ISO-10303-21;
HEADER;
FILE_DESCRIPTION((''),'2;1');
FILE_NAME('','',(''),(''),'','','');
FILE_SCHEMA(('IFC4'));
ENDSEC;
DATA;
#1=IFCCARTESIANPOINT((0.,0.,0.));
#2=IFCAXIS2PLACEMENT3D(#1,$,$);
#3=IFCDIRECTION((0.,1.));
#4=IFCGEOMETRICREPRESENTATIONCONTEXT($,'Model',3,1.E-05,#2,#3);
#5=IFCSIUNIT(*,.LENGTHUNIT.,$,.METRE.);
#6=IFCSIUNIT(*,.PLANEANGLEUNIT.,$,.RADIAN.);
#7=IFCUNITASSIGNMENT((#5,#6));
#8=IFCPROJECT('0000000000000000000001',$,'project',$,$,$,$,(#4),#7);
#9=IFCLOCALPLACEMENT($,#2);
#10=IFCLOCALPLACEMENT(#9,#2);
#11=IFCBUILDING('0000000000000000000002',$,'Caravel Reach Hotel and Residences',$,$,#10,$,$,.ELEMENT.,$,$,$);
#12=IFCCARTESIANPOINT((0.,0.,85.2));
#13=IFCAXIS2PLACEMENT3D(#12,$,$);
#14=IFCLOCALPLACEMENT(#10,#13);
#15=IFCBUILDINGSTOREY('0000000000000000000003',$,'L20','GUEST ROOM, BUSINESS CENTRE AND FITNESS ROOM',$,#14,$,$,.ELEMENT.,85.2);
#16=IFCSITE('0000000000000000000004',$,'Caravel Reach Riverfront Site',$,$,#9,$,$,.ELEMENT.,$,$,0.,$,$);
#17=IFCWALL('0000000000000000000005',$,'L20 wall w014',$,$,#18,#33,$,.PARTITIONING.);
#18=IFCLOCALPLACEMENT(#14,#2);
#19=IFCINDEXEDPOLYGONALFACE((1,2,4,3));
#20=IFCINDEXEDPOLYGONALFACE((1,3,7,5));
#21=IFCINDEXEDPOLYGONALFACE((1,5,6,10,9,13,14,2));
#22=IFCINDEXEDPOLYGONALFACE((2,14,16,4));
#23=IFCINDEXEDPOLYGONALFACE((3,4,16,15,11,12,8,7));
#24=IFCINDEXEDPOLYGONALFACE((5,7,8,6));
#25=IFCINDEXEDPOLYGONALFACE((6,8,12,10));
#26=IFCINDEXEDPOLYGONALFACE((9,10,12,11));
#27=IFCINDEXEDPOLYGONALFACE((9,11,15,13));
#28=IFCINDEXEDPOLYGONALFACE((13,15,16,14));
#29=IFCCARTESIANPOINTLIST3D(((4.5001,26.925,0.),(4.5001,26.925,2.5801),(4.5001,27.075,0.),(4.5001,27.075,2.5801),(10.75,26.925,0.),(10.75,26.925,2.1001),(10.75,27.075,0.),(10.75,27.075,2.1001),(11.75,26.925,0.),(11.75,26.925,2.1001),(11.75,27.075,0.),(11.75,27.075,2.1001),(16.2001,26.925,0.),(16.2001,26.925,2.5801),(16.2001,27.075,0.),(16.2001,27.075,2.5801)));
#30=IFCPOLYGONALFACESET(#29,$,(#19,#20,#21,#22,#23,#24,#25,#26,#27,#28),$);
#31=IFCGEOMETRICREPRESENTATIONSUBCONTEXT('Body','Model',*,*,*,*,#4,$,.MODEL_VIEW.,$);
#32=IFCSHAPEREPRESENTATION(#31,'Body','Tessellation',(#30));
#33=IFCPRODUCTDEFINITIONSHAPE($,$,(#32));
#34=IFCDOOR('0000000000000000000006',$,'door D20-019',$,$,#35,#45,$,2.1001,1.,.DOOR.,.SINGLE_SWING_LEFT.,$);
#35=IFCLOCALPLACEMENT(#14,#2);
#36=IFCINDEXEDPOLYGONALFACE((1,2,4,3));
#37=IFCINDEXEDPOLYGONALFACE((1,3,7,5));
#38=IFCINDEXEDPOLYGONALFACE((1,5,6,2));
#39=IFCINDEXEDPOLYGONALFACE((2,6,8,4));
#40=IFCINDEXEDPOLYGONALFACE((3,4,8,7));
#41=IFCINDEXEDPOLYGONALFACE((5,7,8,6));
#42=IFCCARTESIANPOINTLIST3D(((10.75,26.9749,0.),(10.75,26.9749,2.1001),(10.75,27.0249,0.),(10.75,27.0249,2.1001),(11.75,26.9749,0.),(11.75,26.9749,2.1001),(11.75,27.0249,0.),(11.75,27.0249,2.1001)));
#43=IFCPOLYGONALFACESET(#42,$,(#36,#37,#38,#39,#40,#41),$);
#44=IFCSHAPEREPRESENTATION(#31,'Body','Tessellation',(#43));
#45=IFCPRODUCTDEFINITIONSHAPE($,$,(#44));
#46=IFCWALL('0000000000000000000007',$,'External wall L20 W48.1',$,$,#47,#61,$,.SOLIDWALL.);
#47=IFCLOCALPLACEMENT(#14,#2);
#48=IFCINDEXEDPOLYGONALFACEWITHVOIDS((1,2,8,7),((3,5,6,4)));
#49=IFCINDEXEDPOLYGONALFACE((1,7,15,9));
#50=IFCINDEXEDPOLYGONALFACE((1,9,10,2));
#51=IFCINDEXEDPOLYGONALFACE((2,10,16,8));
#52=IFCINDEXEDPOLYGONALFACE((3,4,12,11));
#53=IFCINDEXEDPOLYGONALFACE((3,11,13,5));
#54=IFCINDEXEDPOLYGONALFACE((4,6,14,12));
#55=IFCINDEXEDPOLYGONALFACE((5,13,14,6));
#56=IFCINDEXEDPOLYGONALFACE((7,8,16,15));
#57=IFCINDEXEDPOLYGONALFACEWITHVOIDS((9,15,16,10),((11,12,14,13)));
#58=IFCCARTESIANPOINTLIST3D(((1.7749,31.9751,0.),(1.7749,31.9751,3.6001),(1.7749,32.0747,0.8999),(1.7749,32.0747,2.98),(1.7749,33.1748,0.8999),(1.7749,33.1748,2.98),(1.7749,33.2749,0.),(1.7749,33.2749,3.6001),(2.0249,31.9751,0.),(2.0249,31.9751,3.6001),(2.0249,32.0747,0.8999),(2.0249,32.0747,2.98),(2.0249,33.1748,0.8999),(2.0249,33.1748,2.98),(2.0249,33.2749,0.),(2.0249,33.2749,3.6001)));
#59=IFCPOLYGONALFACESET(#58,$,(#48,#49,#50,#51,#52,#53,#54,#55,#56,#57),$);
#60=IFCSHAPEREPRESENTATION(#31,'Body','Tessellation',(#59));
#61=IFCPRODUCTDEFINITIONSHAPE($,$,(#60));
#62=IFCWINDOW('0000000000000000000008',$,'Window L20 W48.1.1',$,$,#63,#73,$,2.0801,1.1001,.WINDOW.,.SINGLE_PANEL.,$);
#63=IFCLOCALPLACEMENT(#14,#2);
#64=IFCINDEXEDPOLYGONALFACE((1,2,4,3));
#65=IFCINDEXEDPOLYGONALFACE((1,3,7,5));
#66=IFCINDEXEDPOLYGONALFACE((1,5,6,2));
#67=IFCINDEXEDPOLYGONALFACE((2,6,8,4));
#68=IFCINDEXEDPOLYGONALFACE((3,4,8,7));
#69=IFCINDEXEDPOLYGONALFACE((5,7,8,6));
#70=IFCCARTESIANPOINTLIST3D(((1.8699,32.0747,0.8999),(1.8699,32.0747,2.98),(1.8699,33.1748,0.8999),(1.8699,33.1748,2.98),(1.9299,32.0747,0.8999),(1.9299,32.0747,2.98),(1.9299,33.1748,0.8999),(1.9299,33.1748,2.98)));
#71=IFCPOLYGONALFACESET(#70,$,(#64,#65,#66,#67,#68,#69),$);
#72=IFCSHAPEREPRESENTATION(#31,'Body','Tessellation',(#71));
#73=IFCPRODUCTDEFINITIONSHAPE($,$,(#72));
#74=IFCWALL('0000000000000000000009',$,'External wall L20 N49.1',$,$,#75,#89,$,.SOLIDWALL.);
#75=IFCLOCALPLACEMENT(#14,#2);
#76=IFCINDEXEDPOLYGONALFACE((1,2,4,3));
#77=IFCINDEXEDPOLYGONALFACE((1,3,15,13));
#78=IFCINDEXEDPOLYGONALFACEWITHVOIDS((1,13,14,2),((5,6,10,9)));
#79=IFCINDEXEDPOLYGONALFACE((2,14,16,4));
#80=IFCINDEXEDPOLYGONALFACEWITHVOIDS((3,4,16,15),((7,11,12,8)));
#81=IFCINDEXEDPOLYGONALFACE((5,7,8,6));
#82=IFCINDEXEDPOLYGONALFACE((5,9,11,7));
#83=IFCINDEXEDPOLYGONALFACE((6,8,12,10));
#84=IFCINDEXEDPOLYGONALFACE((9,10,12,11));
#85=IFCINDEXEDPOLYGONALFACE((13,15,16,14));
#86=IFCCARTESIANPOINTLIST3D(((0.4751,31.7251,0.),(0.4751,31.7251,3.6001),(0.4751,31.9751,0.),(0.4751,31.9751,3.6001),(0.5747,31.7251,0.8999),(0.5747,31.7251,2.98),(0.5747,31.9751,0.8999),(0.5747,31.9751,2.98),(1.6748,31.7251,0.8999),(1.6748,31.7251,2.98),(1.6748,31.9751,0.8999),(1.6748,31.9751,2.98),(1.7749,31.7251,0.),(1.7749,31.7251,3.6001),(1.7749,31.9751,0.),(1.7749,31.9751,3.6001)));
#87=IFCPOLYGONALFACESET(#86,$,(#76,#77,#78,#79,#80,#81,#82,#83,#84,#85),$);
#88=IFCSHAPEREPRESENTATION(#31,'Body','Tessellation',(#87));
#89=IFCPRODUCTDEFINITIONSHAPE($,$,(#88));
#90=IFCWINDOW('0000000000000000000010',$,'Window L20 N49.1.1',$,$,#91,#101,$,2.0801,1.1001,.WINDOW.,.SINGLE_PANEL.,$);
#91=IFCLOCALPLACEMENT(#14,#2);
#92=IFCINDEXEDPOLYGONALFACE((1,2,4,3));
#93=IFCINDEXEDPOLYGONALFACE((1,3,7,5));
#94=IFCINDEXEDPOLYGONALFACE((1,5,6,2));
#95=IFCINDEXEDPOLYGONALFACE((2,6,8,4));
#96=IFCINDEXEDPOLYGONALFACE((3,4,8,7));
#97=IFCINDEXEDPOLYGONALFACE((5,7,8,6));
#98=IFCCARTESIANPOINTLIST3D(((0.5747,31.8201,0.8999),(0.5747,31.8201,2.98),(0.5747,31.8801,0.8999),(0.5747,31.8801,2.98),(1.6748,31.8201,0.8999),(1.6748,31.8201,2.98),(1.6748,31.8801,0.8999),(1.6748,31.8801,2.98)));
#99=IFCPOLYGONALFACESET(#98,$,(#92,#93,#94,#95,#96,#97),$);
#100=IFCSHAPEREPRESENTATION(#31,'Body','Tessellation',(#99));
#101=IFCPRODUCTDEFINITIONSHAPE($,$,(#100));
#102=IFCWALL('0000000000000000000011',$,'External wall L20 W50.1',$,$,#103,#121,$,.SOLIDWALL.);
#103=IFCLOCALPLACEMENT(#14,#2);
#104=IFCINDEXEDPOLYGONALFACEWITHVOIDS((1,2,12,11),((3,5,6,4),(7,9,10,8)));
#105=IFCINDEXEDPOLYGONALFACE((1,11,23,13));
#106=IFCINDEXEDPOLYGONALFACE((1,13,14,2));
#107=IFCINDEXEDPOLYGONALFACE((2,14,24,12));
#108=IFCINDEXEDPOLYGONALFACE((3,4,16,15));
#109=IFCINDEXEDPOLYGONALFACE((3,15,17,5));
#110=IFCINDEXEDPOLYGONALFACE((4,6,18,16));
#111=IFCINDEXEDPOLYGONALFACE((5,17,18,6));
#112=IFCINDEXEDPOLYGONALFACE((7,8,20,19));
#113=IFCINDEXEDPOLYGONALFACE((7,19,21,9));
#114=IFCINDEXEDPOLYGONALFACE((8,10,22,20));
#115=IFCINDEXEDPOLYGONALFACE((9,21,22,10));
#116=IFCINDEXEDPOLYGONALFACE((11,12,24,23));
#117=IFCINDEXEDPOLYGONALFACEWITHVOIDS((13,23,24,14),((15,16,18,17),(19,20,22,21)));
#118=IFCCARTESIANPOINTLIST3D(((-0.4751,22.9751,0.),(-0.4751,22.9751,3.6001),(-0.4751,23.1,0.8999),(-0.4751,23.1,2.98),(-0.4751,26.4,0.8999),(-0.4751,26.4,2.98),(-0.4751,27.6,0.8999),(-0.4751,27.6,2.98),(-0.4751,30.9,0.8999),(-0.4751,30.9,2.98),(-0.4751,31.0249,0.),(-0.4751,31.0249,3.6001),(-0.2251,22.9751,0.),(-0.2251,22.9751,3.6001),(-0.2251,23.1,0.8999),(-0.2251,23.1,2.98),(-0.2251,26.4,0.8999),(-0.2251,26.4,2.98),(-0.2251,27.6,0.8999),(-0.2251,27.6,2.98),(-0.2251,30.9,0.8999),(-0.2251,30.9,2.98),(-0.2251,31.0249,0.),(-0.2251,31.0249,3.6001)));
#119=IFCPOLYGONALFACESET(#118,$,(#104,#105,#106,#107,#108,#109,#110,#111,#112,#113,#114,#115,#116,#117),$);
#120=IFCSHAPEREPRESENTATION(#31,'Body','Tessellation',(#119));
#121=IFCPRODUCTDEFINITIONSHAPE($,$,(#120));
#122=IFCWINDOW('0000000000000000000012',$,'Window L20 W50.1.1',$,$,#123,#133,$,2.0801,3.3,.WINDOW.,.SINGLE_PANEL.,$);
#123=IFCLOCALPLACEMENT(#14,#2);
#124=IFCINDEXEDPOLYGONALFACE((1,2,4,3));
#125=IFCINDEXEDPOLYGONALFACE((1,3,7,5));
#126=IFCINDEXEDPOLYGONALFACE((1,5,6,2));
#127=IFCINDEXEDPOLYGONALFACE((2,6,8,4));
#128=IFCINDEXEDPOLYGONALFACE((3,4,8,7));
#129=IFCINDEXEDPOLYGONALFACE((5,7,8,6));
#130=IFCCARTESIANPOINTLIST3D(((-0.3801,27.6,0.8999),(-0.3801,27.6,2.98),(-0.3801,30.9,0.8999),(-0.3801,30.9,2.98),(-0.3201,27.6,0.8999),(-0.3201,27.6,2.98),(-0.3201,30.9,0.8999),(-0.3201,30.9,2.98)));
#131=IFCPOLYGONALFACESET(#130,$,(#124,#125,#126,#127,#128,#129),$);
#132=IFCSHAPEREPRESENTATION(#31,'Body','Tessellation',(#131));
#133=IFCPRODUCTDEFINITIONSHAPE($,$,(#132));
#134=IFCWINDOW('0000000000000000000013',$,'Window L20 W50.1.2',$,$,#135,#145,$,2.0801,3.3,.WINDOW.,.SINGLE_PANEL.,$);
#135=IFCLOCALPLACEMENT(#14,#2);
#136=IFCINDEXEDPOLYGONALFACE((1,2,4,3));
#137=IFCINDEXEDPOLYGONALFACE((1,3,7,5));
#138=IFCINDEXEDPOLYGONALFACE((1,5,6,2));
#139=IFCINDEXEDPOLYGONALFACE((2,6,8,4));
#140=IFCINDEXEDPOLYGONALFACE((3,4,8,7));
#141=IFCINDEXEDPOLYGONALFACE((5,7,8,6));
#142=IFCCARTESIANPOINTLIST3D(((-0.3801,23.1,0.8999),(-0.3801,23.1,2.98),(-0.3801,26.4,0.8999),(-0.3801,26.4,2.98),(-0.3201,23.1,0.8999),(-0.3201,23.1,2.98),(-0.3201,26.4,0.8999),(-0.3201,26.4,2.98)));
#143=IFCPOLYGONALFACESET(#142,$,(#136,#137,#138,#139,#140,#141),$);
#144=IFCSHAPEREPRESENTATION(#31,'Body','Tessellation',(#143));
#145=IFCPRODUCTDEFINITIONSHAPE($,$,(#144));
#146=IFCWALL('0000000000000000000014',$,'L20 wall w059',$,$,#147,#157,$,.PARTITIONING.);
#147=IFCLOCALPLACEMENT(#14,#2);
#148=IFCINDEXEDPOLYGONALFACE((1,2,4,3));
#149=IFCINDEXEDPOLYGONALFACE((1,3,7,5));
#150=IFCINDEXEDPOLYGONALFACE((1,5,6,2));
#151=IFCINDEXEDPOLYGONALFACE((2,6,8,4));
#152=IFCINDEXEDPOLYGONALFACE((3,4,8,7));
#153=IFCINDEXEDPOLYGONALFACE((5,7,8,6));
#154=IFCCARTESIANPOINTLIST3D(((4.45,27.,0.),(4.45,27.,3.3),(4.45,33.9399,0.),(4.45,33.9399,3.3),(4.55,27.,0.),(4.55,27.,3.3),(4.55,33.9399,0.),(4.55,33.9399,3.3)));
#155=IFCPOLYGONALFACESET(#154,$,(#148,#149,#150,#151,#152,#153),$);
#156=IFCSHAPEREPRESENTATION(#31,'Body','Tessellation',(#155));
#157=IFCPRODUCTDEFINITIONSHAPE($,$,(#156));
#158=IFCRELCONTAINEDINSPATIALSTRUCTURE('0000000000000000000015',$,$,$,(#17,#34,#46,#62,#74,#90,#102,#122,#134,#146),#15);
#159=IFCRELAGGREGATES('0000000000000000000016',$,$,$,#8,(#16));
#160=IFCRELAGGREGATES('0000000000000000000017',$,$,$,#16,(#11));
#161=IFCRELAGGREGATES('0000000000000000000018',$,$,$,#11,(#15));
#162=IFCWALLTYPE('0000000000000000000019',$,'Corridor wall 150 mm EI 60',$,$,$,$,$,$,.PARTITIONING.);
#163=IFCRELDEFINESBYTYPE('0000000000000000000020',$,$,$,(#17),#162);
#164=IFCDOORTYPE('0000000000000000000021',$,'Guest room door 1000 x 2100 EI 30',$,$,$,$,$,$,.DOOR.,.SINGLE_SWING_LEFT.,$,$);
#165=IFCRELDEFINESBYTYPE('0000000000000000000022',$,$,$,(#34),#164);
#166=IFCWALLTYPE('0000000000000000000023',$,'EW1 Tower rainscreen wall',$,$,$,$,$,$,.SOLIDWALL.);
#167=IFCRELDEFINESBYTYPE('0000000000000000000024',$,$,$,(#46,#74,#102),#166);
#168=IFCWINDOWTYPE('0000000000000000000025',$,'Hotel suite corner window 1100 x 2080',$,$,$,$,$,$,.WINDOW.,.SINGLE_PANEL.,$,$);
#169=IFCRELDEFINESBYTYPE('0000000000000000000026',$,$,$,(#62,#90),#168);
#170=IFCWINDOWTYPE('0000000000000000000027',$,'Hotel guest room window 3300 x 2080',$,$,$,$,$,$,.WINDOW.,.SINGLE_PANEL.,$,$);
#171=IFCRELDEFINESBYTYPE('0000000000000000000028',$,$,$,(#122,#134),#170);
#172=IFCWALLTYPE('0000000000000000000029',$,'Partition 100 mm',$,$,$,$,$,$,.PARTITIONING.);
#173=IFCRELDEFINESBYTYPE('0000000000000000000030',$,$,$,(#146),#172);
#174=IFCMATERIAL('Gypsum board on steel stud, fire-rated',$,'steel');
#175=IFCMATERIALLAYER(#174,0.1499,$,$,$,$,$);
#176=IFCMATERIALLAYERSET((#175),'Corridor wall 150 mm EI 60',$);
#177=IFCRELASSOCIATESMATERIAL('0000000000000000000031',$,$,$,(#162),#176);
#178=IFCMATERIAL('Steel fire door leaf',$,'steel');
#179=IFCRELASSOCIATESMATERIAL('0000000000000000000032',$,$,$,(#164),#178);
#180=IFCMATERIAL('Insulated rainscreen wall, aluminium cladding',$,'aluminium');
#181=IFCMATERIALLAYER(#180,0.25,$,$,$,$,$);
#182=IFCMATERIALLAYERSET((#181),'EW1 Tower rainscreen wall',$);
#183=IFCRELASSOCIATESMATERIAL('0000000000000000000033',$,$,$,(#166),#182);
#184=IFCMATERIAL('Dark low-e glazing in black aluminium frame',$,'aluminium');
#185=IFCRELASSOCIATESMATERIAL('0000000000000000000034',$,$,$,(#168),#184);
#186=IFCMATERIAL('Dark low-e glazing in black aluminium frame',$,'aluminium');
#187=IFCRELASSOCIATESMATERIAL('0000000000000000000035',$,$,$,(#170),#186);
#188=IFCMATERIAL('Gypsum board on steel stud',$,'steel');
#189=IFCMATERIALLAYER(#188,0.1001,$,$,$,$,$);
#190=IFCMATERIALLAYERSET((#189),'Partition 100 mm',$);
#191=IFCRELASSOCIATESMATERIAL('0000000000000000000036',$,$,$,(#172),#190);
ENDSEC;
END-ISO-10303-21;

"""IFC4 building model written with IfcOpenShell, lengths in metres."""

from ifc_helpers import new_model, si_unit, direction, frame, frame_2d, origin, place, context, subcontext, project, spatial, rectangle, extrude, material, layer, layer_set, type_object, element, fill, save


model = new_model("IFC4")

# Units and contexts
model_context = context("Model", 3, precision=1e-05, world=origin(), true_north=direction((0.0, 1.0)))
body_context = subcontext(model_context, "Body", "Model", "MODEL_VIEW")
ifc_project = project(units=[si_unit("LENGTHUNIT", "METRE"), si_unit("PLANEANGLEUNIT", "RADIAN")], contexts=[model_context])

# Site, building, storey
site_placement = place(None, origin())
site = spatial("IfcSite", under=ifc_project, at=site_placement, Name="Caravel Reach Riverfront Site", CompositionType="ELEMENT", RefElevation=0.0)
building_placement = place(site_placement, origin())
building = spatial("IfcBuilding", under=site, at=building_placement, Name="Caravel Reach Hotel and Residences", CompositionType="ELEMENT")
storey_placement = place(building_placement, frame((0.0, 0.0, 85.2)))
storey = spatial("IfcBuildingStorey", under=building, at=storey_placement, Name="L20", Description="GUEST ROOM, BUSINESS CENTRE AND FITNESS ROOM", CompositionType="ELEMENT", Elevation=85.2)

# Wall, opening, door
ifc_material_1 = material(Name="Gypsum board on steel stud, fire-rated", Category="steel")
ifc_layer_1 = layer(ifc_material_1, 0.1499)
ifc_layer_set_1 = layer_set([ifc_layer_1], Name="Corridor wall 150 mm EI 60")
wall_type_1 = type_object("IfcWallType", Name="Corridor wall 150 mm EI 60", PredefinedType="PARTITIONING", material=ifc_layer_set_1)
wall_1_placement = place(storey_placement, frame((4.5, 27.0, 0.0), z_axis=(0.0, 0.0, 1.0), x_axis=(1.0, 0.0, 0.0)))
wall_1 = element("IfcWall", 1, at=wall_1_placement, inside=storey, type_object=wall_type_1, Name="L20 wall w014", PredefinedType="PARTITIONING", context=body_context, shape_type="SweptSolid", body=[
    extrude(rectangle(XDim=11.7, YDim=0.1499, at=frame_2d((5.8501, 0.0))), origin(), (0.0, 0.0, 1.0), 2.5801),
])
opening_1_placement = place(wall_1_placement, frame((6.25, 0.0, 0.0)))
opening_1 = element("IfcOpeningElement", 2, at=opening_1_placement, cuts=wall_1, PredefinedType="OPENING", context=body_context, shape_type="SweptSolid", body=[
    extrude(rectangle(XDim=1.0, YDim=2.1001, at=frame_2d((0.5, 1.05))), frame((0.0, 0.085, 0.0), z_axis=(0.0, -1.0, 0.0), x_axis=(1.0, 0.0, 0.0)), (0.0, 0.0, 1.0), 0.1699),
])
ifc_material_2 = material(Name="Steel fire door leaf", Category="steel")
door_type_1 = type_object("IfcDoorType", Name="Guest room door 1000 x 2100 EI 30", OperationType="SINGLE_SWING_LEFT", PredefinedType="DOOR", material=ifc_material_2)
door_1_placement = place(opening_1_placement, origin())
door_1 = element("IfcDoor", 3, at=door_1_placement, inside=storey, type_object=door_type_1, Name="door D20-019", OperationType="SINGLE_SWING_LEFT", OverallHeight=2.1001, OverallWidth=1.0, PredefinedType="DOOR", context=body_context, shape_type="SweptSolid", body=[
    extrude(rectangle(XDim=1.0, YDim=2.1001, at=frame_2d((0.5, 1.05))), frame((0.0, 0.0249, 0.0), z_axis=(0.0, -1.0, 0.0), x_axis=(1.0, 0.0, 0.0)), (0.0, 0.0, 1.0), 0.05),
])
fill(opening_1, door_1)

# Walls, openings, windows
ifc_material_3 = material(Name="Insulated rainscreen wall, aluminium cladding", Category="aluminium")
ifc_layer_2 = layer(ifc_material_3, 0.25)
ifc_layer_set_2 = layer_set([ifc_layer_2], Name="EW1 Tower rainscreen wall")
wall_type_2 = type_object("IfcWallType", Name="EW1 Tower rainscreen wall", PredefinedType="SOLIDWALL", material=ifc_layer_set_2)
wall_2_placement = place(storey_placement, frame((1.8999, 33.2749, 0.0), z_axis=(0.0, 0.0, 1.0), x_axis=(0.0, -1.0, 0.0)))
wall_2 = element("IfcWall", 4, at=wall_2_placement, inside=storey, type_object=wall_type_2, Name="External wall L20 W48.1", PredefinedType="SOLIDWALL", context=body_context, shape_type="SweptSolid", body=[
    extrude(rectangle(XDim=1.2998, YDim=0.25, at=frame_2d((0.6499, 0.0))), origin(), (0.0, 0.0, 1.0), 3.6001),
])
opening_2_placement = place(wall_2_placement, frame((0.1001, 0.0, 0.8999)))
opening_2 = element("IfcOpeningElement", 5, at=opening_2_placement, cuts=wall_2, PredefinedType="OPENING", context=body_context, shape_type="SweptSolid", body=[
    extrude(rectangle(XDim=1.1001, YDim=2.0801, at=frame_2d((0.55, 1.04))), frame((0.0, 0.135, 0.0), z_axis=(0.0, -1.0, 0.0), x_axis=(1.0, 0.0, 0.0)), (0.0, 0.0, 1.0), 0.27),
])
ifc_material_4 = material(Name="Dark low-e glazing in black aluminium frame", Category="aluminium")
window_type_1 = type_object("IfcWindowType", Name="Hotel suite corner window 1100 x 2080", PartitioningType="SINGLE_PANEL", PredefinedType="WINDOW", material=ifc_material_4)
window_1_placement = place(opening_2_placement, origin())
window_1 = element("IfcWindow", 6, at=window_1_placement, inside=storey, type_object=window_type_1, Name="Window L20 W48.1.1", OverallHeight=2.0801, OverallWidth=1.1001, PartitioningType="SINGLE_PANEL", PredefinedType="WINDOW", context=body_context, shape_type="SweptSolid", body=[
    extrude(rectangle(XDim=1.1001, YDim=2.0801, at=frame_2d((0.55, 1.04))), frame((0.0, 0.03, 0.0), z_axis=(0.0, -1.0, 0.0), x_axis=(1.0, 0.0, 0.0)), (0.0, 0.0, 1.0), 0.0601),
])
fill(opening_2, window_1)
wall_3_placement = place(storey_placement, frame((1.7749, 31.8501, 0.0), z_axis=(0.0, 0.0, 1.0), x_axis=(-1.0, 0.0, 0.0)))
wall_3 = element("IfcWall", 7, at=wall_3_placement, inside=storey, type_object=wall_type_2, Name="External wall L20 N49.1", PredefinedType="SOLIDWALL", context=body_context, shape_type="SweptSolid", body=[
    extrude(rectangle(XDim=1.2998, YDim=0.25, at=frame_2d((0.6499, 0.0))), origin(), (0.0, 0.0, 1.0), 3.6001),
])
opening_3_placement = place(wall_3_placement, frame((0.1001, 0.0, 0.8999)))
opening_3 = element("IfcOpeningElement", 8, at=opening_3_placement, cuts=wall_3, PredefinedType="OPENING", context=body_context, shape_type="SweptSolid", body=[
    extrude(rectangle(XDim=1.1001, YDim=2.0801, at=frame_2d((0.55, 1.04))), frame((0.0, 0.135, 0.0), z_axis=(0.0, -1.0, 0.0), x_axis=(1.0, 0.0, 0.0)), (0.0, 0.0, 1.0), 0.27),
])
window_2_placement = place(opening_3_placement, origin())
window_2 = element("IfcWindow", 9, at=window_2_placement, inside=storey, type_object=window_type_1, Name="Window L20 N49.1.1", OverallHeight=2.0801, OverallWidth=1.1001, PartitioningType="SINGLE_PANEL", PredefinedType="WINDOW", context=body_context, shape_type="SweptSolid", body=[
    extrude(rectangle(XDim=1.1001, YDim=2.0801, at=frame_2d((0.55, 1.04))), frame((0.0, 0.03, 0.0), z_axis=(0.0, -1.0, 0.0), x_axis=(1.0, 0.0, 0.0)), (0.0, 0.0, 1.0), 0.0601),
])
fill(opening_3, window_2)

# Wall, openings, windows
wall_4_placement = place(storey_placement, frame((-0.3501, 31.0249, 0.0), z_axis=(0.0, 0.0, 1.0), x_axis=(0.0, -1.0, 0.0)))
wall_4 = element("IfcWall", 10, at=wall_4_placement, inside=storey, type_object=wall_type_2, Name="External wall L20 W50.1", PredefinedType="SOLIDWALL", context=body_context, shape_type="SweptSolid", body=[
    extrude(rectangle(XDim=8.0498, YDim=0.25, at=frame_2d((4.0249, 0.0))), origin(), (0.0, 0.0, 1.0), 3.6001),
])
opening_4_placement = place(wall_4_placement, frame((0.125, 0.0, 0.8999)))
opening_4 = element("IfcOpeningElement", 11, at=opening_4_placement, cuts=wall_4, PredefinedType="OPENING", context=body_context, shape_type="SweptSolid", body=[
    extrude(rectangle(XDim=3.3, YDim=2.0801, at=frame_2d((1.6499, 1.04))), frame((0.0, 0.135, 0.0), z_axis=(0.0, -1.0, 0.0), x_axis=(1.0, 0.0, 0.0)), (0.0, 0.0, 1.0), 0.27),
])
opening_5_placement = place(wall_4_placement, frame((4.625, 0.0, 0.8999)))
opening_5 = element("IfcOpeningElement", 12, at=opening_5_placement, cuts=wall_4, PredefinedType="OPENING", context=body_context, shape_type="SweptSolid", body=[
    extrude(rectangle(XDim=3.3, YDim=2.0801, at=frame_2d((1.6499, 1.04))), frame((0.0, 0.135, 0.0), z_axis=(0.0, -1.0, 0.0), x_axis=(1.0, 0.0, 0.0)), (0.0, 0.0, 1.0), 0.27),
])
ifc_material_5 = material(Name="Dark low-e glazing in black aluminium frame", Category="aluminium")
window_type_2 = type_object("IfcWindowType", Name="Hotel guest room window 3300 x 2080", PartitioningType="SINGLE_PANEL", PredefinedType="WINDOW", material=ifc_material_5)
window_3_placement = place(opening_4_placement, origin())
window_3 = element("IfcWindow", 13, at=window_3_placement, inside=storey, type_object=window_type_2, Name="Window L20 W50.1.1", OverallHeight=2.0801, OverallWidth=3.3, PartitioningType="SINGLE_PANEL", PredefinedType="WINDOW", context=body_context, shape_type="SweptSolid", body=[
    extrude(rectangle(XDim=3.3, YDim=2.0801, at=frame_2d((1.6499, 1.04))), frame((0.0, 0.03, 0.0), z_axis=(0.0, -1.0, 0.0), x_axis=(1.0, 0.0, 0.0)), (0.0, 0.0, 1.0), 0.0601),
])
fill(opening_4, window_3)
window_4_placement = place(opening_5_placement, origin())
window_4 = element("IfcWindow", 14, at=window_4_placement, inside=storey, type_object=window_type_2, Name="Window L20 W50.1.2", OverallHeight=2.0801, OverallWidth=3.3, PartitioningType="SINGLE_PANEL", PredefinedType="WINDOW", context=body_context, shape_type="SweptSolid", body=[
    extrude(rectangle(XDim=3.3, YDim=2.0801, at=frame_2d((1.6499, 1.04))), frame((0.0, 0.03, 0.0), z_axis=(0.0, -1.0, 0.0), x_axis=(1.0, 0.0, 0.0)), (0.0, 0.0, 1.0), 0.0601),
])
fill(opening_5, window_4)

# Wall
ifc_material_6 = material(Name="Gypsum board on steel stud", Category="steel")
ifc_layer_3 = layer(ifc_material_6, 0.1001)
ifc_layer_set_3 = layer_set([ifc_layer_3], Name="Partition 100 mm")
wall_type_3 = type_object("IfcWallType", Name="Partition 100 mm", PredefinedType="PARTITIONING", material=ifc_layer_set_3)
wall_5_placement = place(storey_placement, frame((4.5, 27.0, 0.0), z_axis=(0.0, 0.0, 1.0), x_axis=(0.0, 1.0, 0.0)))
element("IfcWall", 15, at=wall_5_placement, inside=storey, type_object=wall_type_3, Name="L20 wall w059", PredefinedType="PARTITIONING", context=body_context, shape_type="SweptSolid", body=[
    extrude(rectangle(XDim=6.9399, YDim=0.1001, at=frame_2d((3.47, 0.0))), origin(), (0.0, 0.0, 1.0), 3.3),
])

save(model, "model.ifc")
